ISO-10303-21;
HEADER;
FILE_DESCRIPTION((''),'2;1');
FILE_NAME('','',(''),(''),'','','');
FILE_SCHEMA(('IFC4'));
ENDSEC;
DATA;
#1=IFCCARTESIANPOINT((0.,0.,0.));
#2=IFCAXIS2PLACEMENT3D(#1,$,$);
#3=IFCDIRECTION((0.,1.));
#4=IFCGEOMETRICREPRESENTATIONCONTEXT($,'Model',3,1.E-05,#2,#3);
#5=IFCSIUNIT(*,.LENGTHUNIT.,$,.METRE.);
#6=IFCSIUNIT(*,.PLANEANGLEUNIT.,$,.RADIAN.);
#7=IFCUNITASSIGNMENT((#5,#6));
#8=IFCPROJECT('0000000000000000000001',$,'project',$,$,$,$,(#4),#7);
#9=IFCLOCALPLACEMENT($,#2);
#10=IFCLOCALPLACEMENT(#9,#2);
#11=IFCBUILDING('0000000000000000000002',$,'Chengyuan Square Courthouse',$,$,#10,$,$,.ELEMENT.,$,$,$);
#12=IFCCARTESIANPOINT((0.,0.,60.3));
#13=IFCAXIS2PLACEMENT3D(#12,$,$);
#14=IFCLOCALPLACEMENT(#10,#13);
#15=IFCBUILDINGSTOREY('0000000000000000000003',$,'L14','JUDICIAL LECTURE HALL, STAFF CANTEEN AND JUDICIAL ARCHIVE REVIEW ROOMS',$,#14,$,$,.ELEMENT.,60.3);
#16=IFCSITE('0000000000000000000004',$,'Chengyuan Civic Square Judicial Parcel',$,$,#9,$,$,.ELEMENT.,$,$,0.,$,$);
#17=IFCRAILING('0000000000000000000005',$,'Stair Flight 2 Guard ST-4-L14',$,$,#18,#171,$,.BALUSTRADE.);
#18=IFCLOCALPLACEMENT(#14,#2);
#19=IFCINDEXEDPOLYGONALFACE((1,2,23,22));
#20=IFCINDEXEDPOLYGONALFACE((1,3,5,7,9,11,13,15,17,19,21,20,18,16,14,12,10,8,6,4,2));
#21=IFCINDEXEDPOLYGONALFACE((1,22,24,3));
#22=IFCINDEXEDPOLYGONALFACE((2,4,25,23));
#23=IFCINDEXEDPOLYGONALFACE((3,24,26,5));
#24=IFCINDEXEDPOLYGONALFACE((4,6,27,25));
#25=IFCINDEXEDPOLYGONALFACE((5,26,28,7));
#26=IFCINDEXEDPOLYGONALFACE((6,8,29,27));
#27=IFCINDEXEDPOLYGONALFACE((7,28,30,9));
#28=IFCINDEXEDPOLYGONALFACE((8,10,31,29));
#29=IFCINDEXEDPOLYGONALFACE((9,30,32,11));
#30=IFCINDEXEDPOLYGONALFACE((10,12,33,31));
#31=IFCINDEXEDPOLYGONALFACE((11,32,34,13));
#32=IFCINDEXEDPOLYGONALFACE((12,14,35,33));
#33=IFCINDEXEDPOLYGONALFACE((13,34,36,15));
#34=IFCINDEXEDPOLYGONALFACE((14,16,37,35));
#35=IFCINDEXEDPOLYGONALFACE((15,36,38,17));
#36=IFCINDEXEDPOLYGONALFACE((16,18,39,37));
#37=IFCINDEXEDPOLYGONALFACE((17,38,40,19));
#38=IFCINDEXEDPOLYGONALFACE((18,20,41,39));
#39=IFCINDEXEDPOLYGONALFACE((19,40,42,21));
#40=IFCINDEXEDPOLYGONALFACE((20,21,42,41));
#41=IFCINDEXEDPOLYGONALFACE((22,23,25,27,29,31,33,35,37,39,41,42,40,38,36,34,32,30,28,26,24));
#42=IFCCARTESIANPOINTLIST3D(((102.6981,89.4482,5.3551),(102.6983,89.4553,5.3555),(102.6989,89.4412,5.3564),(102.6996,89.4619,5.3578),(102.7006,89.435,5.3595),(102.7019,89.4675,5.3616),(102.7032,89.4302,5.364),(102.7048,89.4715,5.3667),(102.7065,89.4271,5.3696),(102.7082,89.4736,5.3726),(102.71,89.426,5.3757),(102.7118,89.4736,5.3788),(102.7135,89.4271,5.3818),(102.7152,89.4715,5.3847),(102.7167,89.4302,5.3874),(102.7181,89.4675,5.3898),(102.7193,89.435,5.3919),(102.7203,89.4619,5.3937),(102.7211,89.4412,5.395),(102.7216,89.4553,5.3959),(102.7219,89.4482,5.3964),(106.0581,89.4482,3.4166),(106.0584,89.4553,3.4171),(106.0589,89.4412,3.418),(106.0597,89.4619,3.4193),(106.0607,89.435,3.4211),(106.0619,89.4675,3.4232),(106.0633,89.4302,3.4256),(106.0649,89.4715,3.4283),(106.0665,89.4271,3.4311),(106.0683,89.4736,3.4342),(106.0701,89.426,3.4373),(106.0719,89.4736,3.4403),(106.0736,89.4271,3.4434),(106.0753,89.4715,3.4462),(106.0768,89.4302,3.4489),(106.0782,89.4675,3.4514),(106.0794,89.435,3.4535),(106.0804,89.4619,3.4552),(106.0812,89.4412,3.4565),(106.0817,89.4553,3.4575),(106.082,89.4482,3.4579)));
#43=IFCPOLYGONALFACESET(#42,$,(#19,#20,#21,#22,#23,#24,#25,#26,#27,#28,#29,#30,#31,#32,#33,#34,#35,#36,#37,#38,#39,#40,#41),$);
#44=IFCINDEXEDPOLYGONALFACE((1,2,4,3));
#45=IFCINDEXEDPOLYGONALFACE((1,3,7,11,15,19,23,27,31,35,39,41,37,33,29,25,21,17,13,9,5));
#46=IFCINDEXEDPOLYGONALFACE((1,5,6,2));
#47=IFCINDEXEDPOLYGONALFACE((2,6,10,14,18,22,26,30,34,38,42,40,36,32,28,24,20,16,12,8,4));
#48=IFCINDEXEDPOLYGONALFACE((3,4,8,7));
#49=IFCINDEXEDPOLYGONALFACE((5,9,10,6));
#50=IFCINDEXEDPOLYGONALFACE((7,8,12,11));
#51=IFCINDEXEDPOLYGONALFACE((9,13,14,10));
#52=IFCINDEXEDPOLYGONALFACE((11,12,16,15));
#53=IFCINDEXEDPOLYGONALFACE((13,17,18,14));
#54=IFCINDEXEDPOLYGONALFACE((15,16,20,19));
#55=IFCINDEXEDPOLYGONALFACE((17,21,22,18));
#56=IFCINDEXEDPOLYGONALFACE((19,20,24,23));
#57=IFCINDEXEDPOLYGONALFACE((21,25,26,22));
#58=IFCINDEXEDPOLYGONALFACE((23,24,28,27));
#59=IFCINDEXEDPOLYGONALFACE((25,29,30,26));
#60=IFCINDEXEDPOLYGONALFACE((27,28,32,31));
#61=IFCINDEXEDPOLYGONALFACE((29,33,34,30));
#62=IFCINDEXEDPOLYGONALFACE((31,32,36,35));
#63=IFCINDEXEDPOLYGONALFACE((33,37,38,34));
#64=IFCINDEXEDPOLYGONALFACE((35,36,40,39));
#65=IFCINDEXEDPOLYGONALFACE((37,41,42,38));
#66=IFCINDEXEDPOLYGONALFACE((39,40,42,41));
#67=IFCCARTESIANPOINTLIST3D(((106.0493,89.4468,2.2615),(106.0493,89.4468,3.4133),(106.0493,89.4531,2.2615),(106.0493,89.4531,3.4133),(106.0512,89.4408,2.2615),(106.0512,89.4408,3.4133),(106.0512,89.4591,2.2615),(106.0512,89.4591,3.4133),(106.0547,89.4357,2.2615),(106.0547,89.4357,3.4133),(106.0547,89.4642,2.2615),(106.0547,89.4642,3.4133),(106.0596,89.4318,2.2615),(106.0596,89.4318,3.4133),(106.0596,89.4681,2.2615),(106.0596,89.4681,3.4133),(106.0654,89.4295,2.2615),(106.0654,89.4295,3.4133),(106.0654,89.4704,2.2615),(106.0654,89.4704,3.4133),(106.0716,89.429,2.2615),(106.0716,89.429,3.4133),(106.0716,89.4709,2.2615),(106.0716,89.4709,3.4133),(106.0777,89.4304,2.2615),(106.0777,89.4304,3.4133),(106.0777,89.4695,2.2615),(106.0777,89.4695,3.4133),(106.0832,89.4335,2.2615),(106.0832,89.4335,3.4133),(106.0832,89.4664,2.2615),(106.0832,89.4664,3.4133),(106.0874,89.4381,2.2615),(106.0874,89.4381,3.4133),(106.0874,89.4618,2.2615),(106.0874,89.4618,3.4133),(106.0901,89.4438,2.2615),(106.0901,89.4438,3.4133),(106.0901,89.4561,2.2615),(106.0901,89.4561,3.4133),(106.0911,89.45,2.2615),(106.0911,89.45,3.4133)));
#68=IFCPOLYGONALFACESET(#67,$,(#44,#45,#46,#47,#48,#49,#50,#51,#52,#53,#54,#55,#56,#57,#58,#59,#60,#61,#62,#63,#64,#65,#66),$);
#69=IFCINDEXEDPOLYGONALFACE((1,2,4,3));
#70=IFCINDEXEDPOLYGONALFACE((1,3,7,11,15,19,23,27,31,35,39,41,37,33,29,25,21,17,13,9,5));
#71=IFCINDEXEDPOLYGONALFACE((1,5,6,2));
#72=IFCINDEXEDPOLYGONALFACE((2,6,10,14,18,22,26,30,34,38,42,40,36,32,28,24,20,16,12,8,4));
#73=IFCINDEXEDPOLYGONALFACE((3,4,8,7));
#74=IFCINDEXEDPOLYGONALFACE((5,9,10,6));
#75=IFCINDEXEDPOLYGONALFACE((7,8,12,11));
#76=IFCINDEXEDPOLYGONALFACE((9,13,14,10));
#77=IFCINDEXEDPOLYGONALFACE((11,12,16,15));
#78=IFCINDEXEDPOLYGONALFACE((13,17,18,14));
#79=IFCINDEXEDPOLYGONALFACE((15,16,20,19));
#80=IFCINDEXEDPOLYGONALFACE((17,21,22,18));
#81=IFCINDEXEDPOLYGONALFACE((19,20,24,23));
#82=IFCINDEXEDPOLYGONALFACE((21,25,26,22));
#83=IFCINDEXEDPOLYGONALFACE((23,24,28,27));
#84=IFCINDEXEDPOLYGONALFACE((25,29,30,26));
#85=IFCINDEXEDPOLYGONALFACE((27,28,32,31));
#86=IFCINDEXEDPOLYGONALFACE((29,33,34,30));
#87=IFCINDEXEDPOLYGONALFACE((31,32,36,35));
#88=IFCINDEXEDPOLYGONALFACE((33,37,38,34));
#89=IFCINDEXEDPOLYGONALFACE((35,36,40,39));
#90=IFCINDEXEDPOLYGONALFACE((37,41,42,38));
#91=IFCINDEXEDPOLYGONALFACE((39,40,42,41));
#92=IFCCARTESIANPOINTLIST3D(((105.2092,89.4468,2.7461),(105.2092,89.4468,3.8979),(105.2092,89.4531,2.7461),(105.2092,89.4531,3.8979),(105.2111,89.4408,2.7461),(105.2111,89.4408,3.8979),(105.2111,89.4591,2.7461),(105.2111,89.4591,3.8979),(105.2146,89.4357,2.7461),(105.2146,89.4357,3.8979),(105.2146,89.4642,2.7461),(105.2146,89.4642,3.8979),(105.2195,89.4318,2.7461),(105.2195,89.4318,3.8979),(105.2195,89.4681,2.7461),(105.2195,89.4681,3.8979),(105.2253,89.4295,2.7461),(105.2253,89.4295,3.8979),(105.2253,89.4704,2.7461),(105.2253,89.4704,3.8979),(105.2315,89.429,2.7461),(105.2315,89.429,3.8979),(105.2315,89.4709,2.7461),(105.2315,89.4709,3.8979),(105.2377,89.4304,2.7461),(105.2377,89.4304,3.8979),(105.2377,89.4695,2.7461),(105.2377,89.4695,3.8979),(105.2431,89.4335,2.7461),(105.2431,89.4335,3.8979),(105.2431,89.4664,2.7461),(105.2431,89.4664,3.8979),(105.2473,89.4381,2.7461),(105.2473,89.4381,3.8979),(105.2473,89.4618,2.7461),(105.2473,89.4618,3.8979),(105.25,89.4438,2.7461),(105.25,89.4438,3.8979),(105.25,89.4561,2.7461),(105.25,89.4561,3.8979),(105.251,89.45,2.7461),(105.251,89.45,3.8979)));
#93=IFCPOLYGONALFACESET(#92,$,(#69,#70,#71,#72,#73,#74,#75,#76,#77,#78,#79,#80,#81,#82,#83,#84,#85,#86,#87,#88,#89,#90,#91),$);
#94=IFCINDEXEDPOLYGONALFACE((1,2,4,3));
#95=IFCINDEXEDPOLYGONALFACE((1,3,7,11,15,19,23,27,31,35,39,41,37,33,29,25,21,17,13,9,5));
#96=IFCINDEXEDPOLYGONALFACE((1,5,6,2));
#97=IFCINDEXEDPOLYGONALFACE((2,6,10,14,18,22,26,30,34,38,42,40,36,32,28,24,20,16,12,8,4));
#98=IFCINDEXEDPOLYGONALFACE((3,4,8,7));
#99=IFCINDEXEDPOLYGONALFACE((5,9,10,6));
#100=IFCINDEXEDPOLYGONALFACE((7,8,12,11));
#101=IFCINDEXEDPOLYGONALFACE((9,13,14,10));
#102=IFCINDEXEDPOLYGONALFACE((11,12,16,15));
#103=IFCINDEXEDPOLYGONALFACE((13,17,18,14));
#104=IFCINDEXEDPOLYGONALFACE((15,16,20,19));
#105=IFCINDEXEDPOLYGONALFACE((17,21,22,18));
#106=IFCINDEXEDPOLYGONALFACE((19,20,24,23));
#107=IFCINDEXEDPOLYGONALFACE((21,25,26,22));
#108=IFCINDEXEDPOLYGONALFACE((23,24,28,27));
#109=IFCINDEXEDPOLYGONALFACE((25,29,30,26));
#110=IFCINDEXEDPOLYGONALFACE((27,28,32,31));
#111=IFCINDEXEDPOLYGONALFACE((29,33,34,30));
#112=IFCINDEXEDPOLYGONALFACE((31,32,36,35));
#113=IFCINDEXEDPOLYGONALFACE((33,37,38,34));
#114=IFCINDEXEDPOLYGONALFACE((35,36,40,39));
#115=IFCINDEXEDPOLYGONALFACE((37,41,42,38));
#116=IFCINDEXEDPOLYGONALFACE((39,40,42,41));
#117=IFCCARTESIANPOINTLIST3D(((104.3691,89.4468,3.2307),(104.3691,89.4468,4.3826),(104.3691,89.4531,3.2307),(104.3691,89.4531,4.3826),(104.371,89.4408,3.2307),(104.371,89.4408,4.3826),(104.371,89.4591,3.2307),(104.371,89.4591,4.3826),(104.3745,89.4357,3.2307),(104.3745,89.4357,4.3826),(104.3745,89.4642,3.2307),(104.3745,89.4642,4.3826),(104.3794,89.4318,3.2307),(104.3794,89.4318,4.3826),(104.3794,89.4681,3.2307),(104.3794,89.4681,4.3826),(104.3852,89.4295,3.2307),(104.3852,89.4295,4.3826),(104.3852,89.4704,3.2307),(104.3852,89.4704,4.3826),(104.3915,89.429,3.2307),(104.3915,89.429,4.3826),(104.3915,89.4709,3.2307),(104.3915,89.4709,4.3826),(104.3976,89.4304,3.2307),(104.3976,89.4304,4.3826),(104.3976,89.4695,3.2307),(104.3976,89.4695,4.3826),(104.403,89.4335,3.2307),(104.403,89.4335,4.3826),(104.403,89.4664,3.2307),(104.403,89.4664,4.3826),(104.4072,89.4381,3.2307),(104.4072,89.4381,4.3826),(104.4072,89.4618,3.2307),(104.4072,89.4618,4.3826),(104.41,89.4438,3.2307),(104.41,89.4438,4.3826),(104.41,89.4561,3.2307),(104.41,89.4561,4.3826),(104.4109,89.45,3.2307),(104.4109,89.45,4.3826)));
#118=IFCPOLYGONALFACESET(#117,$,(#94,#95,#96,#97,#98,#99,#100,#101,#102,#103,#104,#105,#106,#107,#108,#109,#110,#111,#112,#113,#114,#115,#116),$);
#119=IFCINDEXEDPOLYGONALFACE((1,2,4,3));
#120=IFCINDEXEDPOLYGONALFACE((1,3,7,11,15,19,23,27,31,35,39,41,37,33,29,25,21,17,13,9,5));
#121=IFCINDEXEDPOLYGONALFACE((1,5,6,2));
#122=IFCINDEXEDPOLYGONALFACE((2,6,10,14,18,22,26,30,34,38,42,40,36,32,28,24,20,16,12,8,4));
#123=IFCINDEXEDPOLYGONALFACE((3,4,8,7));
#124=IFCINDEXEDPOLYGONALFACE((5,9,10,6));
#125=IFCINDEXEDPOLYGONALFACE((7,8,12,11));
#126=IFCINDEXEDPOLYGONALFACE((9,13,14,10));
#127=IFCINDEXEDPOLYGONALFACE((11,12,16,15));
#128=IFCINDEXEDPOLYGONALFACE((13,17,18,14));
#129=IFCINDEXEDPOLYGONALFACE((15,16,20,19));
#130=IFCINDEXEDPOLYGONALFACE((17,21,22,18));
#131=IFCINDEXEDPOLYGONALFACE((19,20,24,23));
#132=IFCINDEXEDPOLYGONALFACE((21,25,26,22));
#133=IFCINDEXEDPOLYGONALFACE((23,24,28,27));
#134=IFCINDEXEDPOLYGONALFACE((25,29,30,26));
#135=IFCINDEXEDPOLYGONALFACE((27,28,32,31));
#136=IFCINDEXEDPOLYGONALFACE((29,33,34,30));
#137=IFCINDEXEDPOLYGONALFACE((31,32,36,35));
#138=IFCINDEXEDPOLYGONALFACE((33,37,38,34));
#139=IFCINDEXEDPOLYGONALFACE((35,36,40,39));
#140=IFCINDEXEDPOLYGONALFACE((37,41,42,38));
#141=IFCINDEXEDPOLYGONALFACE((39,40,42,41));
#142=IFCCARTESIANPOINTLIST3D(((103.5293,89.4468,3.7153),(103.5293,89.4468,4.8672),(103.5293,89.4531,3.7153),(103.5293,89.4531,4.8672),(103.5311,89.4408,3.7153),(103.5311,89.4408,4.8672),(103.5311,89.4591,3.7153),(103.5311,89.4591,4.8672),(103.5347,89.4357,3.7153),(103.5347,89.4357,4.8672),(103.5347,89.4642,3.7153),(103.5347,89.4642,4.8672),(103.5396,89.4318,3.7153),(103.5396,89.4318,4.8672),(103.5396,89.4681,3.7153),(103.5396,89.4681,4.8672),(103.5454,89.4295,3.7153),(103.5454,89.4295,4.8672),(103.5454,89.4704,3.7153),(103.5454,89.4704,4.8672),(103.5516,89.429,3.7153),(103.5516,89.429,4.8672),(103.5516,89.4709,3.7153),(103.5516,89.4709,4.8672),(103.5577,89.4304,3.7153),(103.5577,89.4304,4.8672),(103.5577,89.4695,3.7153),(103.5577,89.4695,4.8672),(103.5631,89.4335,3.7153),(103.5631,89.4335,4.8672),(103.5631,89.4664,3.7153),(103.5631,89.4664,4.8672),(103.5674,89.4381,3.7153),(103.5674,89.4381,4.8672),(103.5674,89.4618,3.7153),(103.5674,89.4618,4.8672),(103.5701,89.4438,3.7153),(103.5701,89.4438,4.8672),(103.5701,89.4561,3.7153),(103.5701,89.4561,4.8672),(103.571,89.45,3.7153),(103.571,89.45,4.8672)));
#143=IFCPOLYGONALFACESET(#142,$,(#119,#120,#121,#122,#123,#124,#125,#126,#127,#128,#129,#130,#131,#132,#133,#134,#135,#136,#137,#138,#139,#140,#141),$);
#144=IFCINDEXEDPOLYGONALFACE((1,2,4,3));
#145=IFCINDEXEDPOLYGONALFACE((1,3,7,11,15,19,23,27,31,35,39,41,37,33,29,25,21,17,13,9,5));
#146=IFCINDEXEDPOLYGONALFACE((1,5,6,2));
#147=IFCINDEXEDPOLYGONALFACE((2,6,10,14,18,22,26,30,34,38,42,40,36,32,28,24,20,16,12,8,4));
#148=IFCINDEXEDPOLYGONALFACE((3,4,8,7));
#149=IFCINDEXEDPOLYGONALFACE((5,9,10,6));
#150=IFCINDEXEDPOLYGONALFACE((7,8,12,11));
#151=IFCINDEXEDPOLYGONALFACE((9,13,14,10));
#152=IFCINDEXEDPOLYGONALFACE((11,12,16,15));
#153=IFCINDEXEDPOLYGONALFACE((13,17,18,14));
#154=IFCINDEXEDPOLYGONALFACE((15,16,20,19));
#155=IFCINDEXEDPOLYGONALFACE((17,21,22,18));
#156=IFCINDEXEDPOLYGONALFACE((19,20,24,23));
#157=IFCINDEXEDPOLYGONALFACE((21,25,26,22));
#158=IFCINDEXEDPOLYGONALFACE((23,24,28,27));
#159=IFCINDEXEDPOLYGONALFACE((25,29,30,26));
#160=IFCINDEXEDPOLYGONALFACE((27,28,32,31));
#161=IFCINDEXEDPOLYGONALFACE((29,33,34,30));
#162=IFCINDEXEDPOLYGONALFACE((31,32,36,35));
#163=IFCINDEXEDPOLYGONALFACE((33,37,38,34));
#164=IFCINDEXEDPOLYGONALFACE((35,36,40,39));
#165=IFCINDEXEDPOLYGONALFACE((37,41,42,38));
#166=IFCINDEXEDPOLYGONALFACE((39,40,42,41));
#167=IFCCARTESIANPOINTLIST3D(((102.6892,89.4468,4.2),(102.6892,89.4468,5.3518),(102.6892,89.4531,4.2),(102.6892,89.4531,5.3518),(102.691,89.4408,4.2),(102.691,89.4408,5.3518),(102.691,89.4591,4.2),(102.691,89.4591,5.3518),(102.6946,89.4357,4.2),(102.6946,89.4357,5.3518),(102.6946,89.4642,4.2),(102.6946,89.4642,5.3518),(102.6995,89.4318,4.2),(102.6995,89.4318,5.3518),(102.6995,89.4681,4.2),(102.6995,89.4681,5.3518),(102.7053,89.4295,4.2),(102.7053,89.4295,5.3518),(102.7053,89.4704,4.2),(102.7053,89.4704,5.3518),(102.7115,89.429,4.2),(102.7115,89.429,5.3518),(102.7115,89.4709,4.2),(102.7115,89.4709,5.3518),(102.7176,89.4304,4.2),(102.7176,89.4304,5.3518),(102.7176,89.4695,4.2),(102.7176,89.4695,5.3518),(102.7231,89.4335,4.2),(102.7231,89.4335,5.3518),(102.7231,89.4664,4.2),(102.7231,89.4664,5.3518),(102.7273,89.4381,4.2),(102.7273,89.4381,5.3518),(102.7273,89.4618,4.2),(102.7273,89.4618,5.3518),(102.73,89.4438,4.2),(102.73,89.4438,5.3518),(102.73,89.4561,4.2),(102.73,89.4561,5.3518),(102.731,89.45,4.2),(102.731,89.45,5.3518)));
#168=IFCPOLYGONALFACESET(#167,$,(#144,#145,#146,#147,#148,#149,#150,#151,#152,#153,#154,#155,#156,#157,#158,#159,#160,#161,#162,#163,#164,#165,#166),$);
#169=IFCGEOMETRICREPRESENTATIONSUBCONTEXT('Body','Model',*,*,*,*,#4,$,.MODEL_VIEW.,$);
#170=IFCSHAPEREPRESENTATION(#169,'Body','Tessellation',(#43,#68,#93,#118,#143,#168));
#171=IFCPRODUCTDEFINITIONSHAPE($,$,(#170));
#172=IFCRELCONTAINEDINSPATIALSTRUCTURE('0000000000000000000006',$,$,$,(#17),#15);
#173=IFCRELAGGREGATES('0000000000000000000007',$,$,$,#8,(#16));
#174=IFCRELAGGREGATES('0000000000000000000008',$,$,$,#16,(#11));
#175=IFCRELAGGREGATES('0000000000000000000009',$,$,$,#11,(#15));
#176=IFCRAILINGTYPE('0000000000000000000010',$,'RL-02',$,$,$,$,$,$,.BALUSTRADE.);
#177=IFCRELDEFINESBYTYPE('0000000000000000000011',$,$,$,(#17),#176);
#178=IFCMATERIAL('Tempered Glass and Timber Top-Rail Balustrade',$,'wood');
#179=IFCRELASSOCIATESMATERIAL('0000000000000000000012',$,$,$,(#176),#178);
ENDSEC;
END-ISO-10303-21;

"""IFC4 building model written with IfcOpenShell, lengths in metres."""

from ifc_helpers import new_model, si_unit, direction, frame, origin, origin_2d, place, context, subcontext, project, spatial, circle, extrude, material, type_object, element, save


model = new_model("IFC4")

# Units and contexts
model_context = context("Model", 3, precision=1e-05, world=origin(), true_north=direction((0.0, 1.0)))
body_context = subcontext(model_context, "Body", "Model", "MODEL_VIEW")
ifc_project = project(units=[si_unit("LENGTHUNIT", "METRE"), si_unit("PLANEANGLEUNIT", "RADIAN")], contexts=[model_context])

# Site, building, storey
site_placement = place(None, origin())
site = spatial("IfcSite", under=ifc_project, at=site_placement, Name="Chengyuan Civic Square Judicial Parcel", CompositionType="ELEMENT", RefElevation=0.0)
building_placement = place(site_placement, origin())
building = spatial("IfcBuilding", under=site, at=building_placement, Name="Chengyuan Square Courthouse", CompositionType="ELEMENT")
storey_placement = place(building_placement, frame((0.0, 0.0, 60.3)))
storey = spatial("IfcBuildingStorey", under=building, at=storey_placement, Name="L14", Description="JUDICIAL LECTURE HALL, STAFF CANTEEN AND JUDICIAL ARCHIVE REVIEW ROOMS", CompositionType="ELEMENT", Elevation=60.3)

# Railing
ifc_material_1 = material(Name="Tempered Glass and Timber Top-Rail Balustrade", Category="wood")
railing_type_1 = type_object("IfcRailingType", Name="RL-02", PredefinedType="BALUSTRADE", material=ifc_material_1)
railing_1_placement = place(storey_placement, frame((106.0701, 89.45, 2.2615)))
element("IfcRailing", 1, at=railing_1_placement, inside=storey, type_object=railing_type_1, Name="Stair Flight 2 Guard ST-4-L14", PredefinedType="BALUSTRADE", context=body_context, shape_type="SweptSolid", body=[
    extrude(circle(Radius=0.0239, at=origin_2d()), frame((0.0, 0.0, 1.1758), z_axis=(-0.866191, 0.0, 0.499713), x_axis=(0.0, -1.0, 0.0)), (0.0, 0.0, 1.0), 3.8792),
    extrude(circle(Radius=0.021, at=origin_2d()), origin(), (0.0, 0.0, 1.0), 1.1519),
    extrude(circle(Radius=0.021, at=origin_2d()), frame((-0.8401, 0.0, 0.4846)), (0.0, 0.0, 1.0), 1.1519),
    extrude(circle(Radius=0.021, at=origin_2d()), frame((-1.6802, 0.0, 0.9692)), (0.0, 0.0, 1.0), 1.1519),
    extrude(circle(Radius=0.021, at=origin_2d()), frame((-2.52, 0.0, 1.4539)), (0.0, 0.0, 1.0), 1.1519),
    extrude(circle(Radius=0.021, at=origin_2d()), frame((-3.3601, 0.0, 1.9385)), (0.0, 0.0, 1.0), 1.1519),
])

save(model, "model.ifc")
